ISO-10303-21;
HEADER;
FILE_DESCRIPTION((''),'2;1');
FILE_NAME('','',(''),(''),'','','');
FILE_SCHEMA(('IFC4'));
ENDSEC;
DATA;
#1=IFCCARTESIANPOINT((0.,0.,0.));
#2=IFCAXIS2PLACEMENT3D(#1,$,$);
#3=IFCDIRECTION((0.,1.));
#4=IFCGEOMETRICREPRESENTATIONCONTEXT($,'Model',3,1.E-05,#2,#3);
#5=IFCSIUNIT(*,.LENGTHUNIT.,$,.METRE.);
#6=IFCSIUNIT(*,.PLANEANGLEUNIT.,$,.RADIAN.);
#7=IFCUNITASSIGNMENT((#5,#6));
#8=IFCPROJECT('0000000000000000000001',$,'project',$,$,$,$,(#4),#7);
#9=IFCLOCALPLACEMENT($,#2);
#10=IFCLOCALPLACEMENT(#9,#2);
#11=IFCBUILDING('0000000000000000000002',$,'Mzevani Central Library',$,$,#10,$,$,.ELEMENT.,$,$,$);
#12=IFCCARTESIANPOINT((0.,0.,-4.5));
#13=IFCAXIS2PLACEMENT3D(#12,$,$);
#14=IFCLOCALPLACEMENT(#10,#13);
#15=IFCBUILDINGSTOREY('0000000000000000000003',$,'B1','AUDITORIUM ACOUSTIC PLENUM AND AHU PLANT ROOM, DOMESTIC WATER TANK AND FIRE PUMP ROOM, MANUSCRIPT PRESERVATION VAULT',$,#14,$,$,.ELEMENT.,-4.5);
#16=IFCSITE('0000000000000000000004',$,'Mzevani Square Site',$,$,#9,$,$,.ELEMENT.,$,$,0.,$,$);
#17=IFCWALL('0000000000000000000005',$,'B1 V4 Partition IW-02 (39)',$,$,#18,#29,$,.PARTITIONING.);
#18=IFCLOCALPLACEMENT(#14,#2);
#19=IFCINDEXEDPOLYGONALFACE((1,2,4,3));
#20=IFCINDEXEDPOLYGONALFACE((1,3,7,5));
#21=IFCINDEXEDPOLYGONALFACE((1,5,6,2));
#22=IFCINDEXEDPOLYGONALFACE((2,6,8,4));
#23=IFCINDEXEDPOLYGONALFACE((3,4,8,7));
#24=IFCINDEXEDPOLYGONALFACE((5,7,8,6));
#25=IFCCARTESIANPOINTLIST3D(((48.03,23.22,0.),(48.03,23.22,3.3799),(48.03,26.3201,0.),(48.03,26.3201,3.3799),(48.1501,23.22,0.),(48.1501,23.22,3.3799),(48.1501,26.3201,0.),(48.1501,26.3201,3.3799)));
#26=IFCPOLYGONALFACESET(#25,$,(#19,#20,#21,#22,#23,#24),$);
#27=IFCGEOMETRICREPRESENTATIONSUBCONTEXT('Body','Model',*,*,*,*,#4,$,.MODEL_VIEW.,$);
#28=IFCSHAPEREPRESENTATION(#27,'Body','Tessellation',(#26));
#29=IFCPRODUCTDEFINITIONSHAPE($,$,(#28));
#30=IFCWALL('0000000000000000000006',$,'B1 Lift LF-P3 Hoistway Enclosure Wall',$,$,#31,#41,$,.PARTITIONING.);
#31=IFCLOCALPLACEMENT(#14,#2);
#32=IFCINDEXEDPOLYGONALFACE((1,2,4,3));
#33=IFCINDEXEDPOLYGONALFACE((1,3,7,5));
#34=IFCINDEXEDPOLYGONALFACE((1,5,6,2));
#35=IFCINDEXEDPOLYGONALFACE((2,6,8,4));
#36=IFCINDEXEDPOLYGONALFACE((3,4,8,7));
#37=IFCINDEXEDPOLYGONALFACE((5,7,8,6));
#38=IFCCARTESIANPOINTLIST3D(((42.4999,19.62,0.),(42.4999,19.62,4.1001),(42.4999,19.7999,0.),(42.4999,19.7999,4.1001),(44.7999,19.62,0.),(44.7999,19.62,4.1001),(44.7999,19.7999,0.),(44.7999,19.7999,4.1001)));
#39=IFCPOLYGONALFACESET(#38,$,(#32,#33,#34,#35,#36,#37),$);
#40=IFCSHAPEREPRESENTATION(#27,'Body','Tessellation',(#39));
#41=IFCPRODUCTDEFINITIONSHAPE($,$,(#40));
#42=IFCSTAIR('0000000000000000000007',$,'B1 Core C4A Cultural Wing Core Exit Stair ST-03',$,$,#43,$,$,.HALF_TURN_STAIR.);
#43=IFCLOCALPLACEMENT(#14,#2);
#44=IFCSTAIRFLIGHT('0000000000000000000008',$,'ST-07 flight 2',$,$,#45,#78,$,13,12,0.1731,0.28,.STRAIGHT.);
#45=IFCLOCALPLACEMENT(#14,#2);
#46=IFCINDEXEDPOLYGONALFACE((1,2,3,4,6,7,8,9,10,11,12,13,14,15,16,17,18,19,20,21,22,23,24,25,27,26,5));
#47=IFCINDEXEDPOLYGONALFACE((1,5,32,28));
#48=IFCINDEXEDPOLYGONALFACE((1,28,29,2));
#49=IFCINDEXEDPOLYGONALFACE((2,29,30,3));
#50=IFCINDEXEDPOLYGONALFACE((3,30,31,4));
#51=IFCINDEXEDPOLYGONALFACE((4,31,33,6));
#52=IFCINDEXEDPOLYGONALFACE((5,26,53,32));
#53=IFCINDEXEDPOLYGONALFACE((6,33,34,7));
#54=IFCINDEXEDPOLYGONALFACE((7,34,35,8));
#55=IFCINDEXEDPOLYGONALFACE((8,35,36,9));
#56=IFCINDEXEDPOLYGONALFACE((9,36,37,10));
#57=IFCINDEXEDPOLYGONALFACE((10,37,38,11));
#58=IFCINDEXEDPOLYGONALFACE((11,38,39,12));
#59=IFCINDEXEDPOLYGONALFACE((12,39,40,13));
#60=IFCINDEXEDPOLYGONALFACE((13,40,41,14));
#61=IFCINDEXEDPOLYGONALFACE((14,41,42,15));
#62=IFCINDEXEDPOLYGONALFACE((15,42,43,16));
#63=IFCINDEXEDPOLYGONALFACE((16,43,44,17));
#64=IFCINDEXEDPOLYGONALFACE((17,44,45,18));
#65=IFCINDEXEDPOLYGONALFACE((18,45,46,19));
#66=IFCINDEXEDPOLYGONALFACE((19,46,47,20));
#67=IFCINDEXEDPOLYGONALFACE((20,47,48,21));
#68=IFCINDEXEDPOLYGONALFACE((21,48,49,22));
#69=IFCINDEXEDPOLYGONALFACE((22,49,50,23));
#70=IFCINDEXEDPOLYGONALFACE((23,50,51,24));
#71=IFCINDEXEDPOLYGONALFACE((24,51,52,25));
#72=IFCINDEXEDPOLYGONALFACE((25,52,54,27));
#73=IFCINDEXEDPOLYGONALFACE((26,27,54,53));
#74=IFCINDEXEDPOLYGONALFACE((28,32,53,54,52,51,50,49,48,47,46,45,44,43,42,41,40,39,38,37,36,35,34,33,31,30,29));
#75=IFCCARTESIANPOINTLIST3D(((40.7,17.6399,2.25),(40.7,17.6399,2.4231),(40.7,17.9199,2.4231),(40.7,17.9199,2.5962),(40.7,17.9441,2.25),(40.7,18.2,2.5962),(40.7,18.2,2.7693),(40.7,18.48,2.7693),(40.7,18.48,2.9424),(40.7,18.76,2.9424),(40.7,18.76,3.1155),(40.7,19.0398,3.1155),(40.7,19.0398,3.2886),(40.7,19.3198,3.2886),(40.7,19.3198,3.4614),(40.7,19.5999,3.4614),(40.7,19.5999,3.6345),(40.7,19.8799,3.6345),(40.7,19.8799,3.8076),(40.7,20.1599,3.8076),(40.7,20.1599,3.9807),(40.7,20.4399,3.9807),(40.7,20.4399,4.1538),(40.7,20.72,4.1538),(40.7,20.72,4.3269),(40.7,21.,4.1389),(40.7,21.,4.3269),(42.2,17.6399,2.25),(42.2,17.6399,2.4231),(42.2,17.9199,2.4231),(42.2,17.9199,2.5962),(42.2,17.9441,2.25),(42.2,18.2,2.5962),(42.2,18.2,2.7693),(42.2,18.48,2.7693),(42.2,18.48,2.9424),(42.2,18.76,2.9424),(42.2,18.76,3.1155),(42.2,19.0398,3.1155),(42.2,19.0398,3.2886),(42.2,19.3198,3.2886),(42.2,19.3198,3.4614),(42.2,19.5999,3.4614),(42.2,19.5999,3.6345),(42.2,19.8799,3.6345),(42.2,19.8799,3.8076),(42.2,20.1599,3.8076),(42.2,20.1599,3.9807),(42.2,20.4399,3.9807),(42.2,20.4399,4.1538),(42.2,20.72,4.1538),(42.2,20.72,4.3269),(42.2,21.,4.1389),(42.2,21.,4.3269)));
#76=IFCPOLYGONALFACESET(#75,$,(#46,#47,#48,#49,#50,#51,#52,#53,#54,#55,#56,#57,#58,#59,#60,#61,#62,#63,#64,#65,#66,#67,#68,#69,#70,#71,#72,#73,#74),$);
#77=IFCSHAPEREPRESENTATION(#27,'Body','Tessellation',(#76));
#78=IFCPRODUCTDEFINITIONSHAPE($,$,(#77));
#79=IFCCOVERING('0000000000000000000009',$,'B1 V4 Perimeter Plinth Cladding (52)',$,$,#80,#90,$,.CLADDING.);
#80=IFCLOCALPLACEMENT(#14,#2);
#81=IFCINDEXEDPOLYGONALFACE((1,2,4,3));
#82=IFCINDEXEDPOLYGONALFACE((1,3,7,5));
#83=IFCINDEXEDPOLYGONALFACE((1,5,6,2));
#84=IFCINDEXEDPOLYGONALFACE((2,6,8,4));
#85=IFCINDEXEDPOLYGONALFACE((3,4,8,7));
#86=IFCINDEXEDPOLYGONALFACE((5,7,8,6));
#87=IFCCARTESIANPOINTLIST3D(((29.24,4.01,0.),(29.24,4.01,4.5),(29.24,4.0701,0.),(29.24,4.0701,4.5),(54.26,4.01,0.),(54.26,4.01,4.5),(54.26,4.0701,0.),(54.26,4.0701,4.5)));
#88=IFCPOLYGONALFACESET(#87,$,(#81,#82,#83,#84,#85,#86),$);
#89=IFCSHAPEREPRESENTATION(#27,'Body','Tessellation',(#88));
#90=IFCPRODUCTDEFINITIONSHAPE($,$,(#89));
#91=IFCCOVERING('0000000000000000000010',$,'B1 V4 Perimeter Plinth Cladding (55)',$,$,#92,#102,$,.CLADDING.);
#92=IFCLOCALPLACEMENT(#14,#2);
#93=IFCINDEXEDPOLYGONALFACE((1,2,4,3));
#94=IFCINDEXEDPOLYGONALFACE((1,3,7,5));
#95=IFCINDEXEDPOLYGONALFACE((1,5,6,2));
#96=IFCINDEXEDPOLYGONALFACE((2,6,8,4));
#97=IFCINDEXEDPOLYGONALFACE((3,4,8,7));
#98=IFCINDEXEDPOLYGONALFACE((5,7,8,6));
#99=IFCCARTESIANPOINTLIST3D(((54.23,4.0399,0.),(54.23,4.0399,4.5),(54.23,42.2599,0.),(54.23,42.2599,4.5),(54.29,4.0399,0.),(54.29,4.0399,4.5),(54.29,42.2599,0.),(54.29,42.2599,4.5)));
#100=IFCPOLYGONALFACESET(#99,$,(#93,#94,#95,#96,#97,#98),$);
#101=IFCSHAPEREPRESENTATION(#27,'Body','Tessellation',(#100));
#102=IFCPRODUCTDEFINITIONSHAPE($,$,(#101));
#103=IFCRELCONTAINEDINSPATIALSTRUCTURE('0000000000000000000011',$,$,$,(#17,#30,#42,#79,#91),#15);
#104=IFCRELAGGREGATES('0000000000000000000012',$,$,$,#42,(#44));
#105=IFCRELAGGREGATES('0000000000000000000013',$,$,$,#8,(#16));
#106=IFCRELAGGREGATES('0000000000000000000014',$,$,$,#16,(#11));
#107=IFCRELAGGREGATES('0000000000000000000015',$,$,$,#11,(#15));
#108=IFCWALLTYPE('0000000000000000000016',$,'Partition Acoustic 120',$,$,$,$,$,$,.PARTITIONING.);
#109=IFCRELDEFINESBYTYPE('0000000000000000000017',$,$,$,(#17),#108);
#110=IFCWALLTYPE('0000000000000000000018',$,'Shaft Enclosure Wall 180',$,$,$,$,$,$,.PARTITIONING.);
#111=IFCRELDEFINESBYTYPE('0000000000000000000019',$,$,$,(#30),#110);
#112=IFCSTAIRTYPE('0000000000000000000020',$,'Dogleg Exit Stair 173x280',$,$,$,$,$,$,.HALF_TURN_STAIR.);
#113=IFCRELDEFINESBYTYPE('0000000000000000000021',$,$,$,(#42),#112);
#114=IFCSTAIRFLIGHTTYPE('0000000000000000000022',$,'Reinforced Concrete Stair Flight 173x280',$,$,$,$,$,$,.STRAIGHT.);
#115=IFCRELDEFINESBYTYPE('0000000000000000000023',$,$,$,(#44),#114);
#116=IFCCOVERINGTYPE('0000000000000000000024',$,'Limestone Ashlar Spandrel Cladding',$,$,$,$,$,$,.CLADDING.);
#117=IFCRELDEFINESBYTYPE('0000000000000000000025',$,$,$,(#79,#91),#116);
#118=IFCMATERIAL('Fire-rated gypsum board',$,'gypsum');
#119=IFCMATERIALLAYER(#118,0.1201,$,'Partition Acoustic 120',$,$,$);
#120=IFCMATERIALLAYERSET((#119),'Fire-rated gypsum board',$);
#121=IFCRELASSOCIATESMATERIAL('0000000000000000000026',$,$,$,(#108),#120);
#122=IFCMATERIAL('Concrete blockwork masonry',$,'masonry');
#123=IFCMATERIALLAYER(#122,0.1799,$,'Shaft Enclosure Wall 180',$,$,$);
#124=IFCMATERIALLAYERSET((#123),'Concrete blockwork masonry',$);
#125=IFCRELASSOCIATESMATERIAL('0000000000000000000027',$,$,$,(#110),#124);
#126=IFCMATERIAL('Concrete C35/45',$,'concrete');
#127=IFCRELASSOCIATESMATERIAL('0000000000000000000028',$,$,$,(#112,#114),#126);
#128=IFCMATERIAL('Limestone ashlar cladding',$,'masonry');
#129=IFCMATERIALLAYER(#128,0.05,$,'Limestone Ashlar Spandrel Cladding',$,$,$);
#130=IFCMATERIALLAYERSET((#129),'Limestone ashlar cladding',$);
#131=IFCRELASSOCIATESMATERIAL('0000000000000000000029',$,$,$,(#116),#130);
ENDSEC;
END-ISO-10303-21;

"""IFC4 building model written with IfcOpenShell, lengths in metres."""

from ifc_helpers import new_model, si_unit, direction, frame, frame_2d, origin, origin_2d, place, context, subcontext, project, spatial, polyline, rectangle, outline, extrude, material, layer, layer_set, type_object, element, aggregate, save


model = new_model("IFC4")

# Units and contexts
model_context = context("Model", 3, precision=1e-05, world=origin(), true_north=direction((0.0, 1.0)))
body_context = subcontext(model_context, "Body", "Model", "MODEL_VIEW")
ifc_project = project(units=[si_unit("LENGTHUNIT", "METRE"), si_unit("PLANEANGLEUNIT", "RADIAN")], contexts=[model_context])

# Site, building, storey
site_placement = place(None, origin())
site = spatial("IfcSite", under=ifc_project, at=site_placement, Name="Mzevani Square Site", CompositionType="ELEMENT", RefElevation=0.0)
building_placement = place(site_placement, origin())
building = spatial("IfcBuilding", under=site, at=building_placement, Name="Mzevani Central Library", CompositionType="ELEMENT")
storey_placement = place(building_placement, frame((0.0, 0.0, -4.5)))
storey = spatial("IfcBuildingStorey", under=building, at=storey_placement, Name="B1", Description="AUDITORIUM ACOUSTIC PLENUM AND AHU PLANT ROOM, DOMESTIC WATER TANK AND FIRE PUMP ROOM, MANUSCRIPT PRESERVATION VAULT", CompositionType="ELEMENT", Elevation=-4.5)

# Walls
ifc_material_1 = material(Name="Concrete C35/45", Category="concrete")
ifc_material_2 = material(Name="Fire-rated gypsum board", Category="gypsum")
ifc_layer_1 = layer(ifc_material_2, 0.1201, Name="Partition Acoustic 120")
ifc_layer_set_1 = layer_set([ifc_layer_1], Name="Fire-rated gypsum board")
wall_type_1 = type_object("IfcWallType", Name="Partition Acoustic 120", PredefinedType="PARTITIONING", material=ifc_layer_set_1)
wall_1_placement = place(storey_placement, frame((48.0901, 23.22, 0.0), z_axis=(0.0, 0.0, 1.0), x_axis=(0.0, 1.0, 0.0)))
element("IfcWall", 1, at=wall_1_placement, inside=storey, type_object=wall_type_1, Name="B1 V4 Partition IW-02 (39)", PredefinedType="PARTITIONING", context=body_context, shape_type="SweptSolid", body=[
    extrude(rectangle(XDim=3.1001, YDim=0.1201, at=frame_2d((1.55, 0.0))), origin(), (0.0, 0.0, 1.0), 3.3799),
])
ifc_material_3 = material(Name="Concrete blockwork masonry", Category="masonry")
ifc_layer_2 = layer(ifc_material_3, 0.1799, Name="Shaft Enclosure Wall 180")
ifc_layer_set_2 = layer_set([ifc_layer_2], Name="Concrete blockwork masonry")
wall_type_2 = type_object("IfcWallType", Name="Shaft Enclosure Wall 180", PredefinedType="PARTITIONING", material=ifc_layer_set_2)
wall_2_placement = place(storey_placement, frame((42.5, 19.71, 0.0), z_axis=(0.0, 0.0, 1.0), x_axis=(1.0, 0.0, 0.0)))
element("IfcWall", 2, at=wall_2_placement, inside=storey, type_object=wall_type_2, Name="B1 Lift LF-P3 Hoistway Enclosure Wall", PredefinedType="PARTITIONING", context=body_context, shape_type="SweptSolid", body=[
    extrude(rectangle(XDim=2.3, YDim=0.1799, at=frame_2d((1.1499, 0.0))), origin(), (0.0, 0.0, 1.0), 4.1001),
])

# Stair, stair flight
stair_type = type_object("IfcStairType", Name="Dogleg Exit Stair 173x280", PredefinedType="HALF_TURN_STAIR", material=ifc_material_1)
stair_placement = place(storey_placement, origin())
stair = element("IfcStair", 3, at=stair_placement, inside=storey, type_object=stair_type, Name="B1 Core C4A Cultural Wing Core Exit Stair ST-03", PredefinedType="HALF_TURN_STAIR")
stair_flight_type = type_object("IfcStairFlightType", Name="Reinforced Concrete Stair Flight 173x280", PredefinedType="STRAIGHT", material=ifc_material_1)
stair_flight_placement = place(storey_placement, frame((41.45, 17.6399, 2.25), z_axis=(0.0, 0.0, 1.0), x_axis=(0.0, 1.0, 0.0)))
stair_flight = element("IfcStairFlight", 4, at=stair_flight_placement, type_object=stair_flight_type, Name="ST-07 flight 2", NumberOfRisers=13, NumberOfTreads=12, PredefinedType="STRAIGHT", RiserHeight=0.1731, TreadLength=0.28, context=body_context, shape_type="SweptSolid", body=[
    extrude(outline(polyline([(0.0, 0.0), (0.0, 0.1731), (0.28, 0.1731), (0.28, 0.3462), (0.5601, 0.3462), (0.5601, 0.5193), (0.8401, 0.5193), (0.8401, 0.6924), (1.1201, 0.6924), (1.1201, 0.8655), (1.3999, 0.8655), (1.3999, 1.0386), (1.6799, 1.0386), (1.6799, 1.2114), (1.96, 1.2114), (1.96, 1.3845), (2.24, 1.3845), (2.24, 1.5576), (2.52, 1.5576), (2.52, 1.7307), (2.8, 1.7307), (2.8, 1.9038), (3.0801, 1.9038), (3.0801, 2.0769), (3.3601, 2.0769), (3.3601, 2.25), (3.3601, 1.8889), (0.3042, 0.0), (0.0, 0.0)])), frame((0.0, 0.75, 0.0), z_axis=(0.0, -1.0, 0.0), x_axis=(1.0, 0.0, 0.0)), (0.0, 0.0, 1.0), 1.5),
])
aggregate(stair, [stair_flight])

# Coverings
ifc_material_4 = material(Name="Limestone ashlar cladding", Category="masonry")
ifc_layer_3 = layer(ifc_material_4, 0.05, Name="Limestone Ashlar Spandrel Cladding")
ifc_layer_set_3 = layer_set([ifc_layer_3], Name="Limestone ashlar cladding")
covering_type = type_object("IfcCoveringType", Name="Limestone Ashlar Spandrel Cladding", PredefinedType="CLADDING", material=ifc_layer_set_3)
covering_1_placement = place(storey_placement, frame((41.75, 4.04, 0.0), z_axis=(0.0, 0.0, 1.0), x_axis=(-1.0, 0.0, 0.0)))
element("IfcCovering", 5, at=covering_1_placement, inside=storey, type_object=covering_type, Name="B1 V4 Perimeter Plinth Cladding (52)", PredefinedType="CLADDING", context=body_context, shape_type="SweptSolid", body=[
    extrude(rectangle(XDim=25.02, YDim=0.0601, at=origin_2d()), origin(), (0.0, 0.0, 1.0), 4.5),
])
covering_2_placement = place(storey_placement, frame((54.26, 23.1499, 0.0), z_axis=(0.0, 0.0, 1.0), x_axis=(0.0, -1.0, 0.0)))
element("IfcCovering", 6, at=covering_2_placement, inside=storey, type_object=covering_type, Name="B1 V4 Perimeter Plinth Cladding (55)", PredefinedType="CLADDING", context=body_context, shape_type="SweptSolid", body=[
    extrude(rectangle(XDim=38.22, YDim=0.0601, at=origin_2d()), origin(), (0.0, 0.0, 1.0), 4.5),
])

save(model, "model.ifc")
